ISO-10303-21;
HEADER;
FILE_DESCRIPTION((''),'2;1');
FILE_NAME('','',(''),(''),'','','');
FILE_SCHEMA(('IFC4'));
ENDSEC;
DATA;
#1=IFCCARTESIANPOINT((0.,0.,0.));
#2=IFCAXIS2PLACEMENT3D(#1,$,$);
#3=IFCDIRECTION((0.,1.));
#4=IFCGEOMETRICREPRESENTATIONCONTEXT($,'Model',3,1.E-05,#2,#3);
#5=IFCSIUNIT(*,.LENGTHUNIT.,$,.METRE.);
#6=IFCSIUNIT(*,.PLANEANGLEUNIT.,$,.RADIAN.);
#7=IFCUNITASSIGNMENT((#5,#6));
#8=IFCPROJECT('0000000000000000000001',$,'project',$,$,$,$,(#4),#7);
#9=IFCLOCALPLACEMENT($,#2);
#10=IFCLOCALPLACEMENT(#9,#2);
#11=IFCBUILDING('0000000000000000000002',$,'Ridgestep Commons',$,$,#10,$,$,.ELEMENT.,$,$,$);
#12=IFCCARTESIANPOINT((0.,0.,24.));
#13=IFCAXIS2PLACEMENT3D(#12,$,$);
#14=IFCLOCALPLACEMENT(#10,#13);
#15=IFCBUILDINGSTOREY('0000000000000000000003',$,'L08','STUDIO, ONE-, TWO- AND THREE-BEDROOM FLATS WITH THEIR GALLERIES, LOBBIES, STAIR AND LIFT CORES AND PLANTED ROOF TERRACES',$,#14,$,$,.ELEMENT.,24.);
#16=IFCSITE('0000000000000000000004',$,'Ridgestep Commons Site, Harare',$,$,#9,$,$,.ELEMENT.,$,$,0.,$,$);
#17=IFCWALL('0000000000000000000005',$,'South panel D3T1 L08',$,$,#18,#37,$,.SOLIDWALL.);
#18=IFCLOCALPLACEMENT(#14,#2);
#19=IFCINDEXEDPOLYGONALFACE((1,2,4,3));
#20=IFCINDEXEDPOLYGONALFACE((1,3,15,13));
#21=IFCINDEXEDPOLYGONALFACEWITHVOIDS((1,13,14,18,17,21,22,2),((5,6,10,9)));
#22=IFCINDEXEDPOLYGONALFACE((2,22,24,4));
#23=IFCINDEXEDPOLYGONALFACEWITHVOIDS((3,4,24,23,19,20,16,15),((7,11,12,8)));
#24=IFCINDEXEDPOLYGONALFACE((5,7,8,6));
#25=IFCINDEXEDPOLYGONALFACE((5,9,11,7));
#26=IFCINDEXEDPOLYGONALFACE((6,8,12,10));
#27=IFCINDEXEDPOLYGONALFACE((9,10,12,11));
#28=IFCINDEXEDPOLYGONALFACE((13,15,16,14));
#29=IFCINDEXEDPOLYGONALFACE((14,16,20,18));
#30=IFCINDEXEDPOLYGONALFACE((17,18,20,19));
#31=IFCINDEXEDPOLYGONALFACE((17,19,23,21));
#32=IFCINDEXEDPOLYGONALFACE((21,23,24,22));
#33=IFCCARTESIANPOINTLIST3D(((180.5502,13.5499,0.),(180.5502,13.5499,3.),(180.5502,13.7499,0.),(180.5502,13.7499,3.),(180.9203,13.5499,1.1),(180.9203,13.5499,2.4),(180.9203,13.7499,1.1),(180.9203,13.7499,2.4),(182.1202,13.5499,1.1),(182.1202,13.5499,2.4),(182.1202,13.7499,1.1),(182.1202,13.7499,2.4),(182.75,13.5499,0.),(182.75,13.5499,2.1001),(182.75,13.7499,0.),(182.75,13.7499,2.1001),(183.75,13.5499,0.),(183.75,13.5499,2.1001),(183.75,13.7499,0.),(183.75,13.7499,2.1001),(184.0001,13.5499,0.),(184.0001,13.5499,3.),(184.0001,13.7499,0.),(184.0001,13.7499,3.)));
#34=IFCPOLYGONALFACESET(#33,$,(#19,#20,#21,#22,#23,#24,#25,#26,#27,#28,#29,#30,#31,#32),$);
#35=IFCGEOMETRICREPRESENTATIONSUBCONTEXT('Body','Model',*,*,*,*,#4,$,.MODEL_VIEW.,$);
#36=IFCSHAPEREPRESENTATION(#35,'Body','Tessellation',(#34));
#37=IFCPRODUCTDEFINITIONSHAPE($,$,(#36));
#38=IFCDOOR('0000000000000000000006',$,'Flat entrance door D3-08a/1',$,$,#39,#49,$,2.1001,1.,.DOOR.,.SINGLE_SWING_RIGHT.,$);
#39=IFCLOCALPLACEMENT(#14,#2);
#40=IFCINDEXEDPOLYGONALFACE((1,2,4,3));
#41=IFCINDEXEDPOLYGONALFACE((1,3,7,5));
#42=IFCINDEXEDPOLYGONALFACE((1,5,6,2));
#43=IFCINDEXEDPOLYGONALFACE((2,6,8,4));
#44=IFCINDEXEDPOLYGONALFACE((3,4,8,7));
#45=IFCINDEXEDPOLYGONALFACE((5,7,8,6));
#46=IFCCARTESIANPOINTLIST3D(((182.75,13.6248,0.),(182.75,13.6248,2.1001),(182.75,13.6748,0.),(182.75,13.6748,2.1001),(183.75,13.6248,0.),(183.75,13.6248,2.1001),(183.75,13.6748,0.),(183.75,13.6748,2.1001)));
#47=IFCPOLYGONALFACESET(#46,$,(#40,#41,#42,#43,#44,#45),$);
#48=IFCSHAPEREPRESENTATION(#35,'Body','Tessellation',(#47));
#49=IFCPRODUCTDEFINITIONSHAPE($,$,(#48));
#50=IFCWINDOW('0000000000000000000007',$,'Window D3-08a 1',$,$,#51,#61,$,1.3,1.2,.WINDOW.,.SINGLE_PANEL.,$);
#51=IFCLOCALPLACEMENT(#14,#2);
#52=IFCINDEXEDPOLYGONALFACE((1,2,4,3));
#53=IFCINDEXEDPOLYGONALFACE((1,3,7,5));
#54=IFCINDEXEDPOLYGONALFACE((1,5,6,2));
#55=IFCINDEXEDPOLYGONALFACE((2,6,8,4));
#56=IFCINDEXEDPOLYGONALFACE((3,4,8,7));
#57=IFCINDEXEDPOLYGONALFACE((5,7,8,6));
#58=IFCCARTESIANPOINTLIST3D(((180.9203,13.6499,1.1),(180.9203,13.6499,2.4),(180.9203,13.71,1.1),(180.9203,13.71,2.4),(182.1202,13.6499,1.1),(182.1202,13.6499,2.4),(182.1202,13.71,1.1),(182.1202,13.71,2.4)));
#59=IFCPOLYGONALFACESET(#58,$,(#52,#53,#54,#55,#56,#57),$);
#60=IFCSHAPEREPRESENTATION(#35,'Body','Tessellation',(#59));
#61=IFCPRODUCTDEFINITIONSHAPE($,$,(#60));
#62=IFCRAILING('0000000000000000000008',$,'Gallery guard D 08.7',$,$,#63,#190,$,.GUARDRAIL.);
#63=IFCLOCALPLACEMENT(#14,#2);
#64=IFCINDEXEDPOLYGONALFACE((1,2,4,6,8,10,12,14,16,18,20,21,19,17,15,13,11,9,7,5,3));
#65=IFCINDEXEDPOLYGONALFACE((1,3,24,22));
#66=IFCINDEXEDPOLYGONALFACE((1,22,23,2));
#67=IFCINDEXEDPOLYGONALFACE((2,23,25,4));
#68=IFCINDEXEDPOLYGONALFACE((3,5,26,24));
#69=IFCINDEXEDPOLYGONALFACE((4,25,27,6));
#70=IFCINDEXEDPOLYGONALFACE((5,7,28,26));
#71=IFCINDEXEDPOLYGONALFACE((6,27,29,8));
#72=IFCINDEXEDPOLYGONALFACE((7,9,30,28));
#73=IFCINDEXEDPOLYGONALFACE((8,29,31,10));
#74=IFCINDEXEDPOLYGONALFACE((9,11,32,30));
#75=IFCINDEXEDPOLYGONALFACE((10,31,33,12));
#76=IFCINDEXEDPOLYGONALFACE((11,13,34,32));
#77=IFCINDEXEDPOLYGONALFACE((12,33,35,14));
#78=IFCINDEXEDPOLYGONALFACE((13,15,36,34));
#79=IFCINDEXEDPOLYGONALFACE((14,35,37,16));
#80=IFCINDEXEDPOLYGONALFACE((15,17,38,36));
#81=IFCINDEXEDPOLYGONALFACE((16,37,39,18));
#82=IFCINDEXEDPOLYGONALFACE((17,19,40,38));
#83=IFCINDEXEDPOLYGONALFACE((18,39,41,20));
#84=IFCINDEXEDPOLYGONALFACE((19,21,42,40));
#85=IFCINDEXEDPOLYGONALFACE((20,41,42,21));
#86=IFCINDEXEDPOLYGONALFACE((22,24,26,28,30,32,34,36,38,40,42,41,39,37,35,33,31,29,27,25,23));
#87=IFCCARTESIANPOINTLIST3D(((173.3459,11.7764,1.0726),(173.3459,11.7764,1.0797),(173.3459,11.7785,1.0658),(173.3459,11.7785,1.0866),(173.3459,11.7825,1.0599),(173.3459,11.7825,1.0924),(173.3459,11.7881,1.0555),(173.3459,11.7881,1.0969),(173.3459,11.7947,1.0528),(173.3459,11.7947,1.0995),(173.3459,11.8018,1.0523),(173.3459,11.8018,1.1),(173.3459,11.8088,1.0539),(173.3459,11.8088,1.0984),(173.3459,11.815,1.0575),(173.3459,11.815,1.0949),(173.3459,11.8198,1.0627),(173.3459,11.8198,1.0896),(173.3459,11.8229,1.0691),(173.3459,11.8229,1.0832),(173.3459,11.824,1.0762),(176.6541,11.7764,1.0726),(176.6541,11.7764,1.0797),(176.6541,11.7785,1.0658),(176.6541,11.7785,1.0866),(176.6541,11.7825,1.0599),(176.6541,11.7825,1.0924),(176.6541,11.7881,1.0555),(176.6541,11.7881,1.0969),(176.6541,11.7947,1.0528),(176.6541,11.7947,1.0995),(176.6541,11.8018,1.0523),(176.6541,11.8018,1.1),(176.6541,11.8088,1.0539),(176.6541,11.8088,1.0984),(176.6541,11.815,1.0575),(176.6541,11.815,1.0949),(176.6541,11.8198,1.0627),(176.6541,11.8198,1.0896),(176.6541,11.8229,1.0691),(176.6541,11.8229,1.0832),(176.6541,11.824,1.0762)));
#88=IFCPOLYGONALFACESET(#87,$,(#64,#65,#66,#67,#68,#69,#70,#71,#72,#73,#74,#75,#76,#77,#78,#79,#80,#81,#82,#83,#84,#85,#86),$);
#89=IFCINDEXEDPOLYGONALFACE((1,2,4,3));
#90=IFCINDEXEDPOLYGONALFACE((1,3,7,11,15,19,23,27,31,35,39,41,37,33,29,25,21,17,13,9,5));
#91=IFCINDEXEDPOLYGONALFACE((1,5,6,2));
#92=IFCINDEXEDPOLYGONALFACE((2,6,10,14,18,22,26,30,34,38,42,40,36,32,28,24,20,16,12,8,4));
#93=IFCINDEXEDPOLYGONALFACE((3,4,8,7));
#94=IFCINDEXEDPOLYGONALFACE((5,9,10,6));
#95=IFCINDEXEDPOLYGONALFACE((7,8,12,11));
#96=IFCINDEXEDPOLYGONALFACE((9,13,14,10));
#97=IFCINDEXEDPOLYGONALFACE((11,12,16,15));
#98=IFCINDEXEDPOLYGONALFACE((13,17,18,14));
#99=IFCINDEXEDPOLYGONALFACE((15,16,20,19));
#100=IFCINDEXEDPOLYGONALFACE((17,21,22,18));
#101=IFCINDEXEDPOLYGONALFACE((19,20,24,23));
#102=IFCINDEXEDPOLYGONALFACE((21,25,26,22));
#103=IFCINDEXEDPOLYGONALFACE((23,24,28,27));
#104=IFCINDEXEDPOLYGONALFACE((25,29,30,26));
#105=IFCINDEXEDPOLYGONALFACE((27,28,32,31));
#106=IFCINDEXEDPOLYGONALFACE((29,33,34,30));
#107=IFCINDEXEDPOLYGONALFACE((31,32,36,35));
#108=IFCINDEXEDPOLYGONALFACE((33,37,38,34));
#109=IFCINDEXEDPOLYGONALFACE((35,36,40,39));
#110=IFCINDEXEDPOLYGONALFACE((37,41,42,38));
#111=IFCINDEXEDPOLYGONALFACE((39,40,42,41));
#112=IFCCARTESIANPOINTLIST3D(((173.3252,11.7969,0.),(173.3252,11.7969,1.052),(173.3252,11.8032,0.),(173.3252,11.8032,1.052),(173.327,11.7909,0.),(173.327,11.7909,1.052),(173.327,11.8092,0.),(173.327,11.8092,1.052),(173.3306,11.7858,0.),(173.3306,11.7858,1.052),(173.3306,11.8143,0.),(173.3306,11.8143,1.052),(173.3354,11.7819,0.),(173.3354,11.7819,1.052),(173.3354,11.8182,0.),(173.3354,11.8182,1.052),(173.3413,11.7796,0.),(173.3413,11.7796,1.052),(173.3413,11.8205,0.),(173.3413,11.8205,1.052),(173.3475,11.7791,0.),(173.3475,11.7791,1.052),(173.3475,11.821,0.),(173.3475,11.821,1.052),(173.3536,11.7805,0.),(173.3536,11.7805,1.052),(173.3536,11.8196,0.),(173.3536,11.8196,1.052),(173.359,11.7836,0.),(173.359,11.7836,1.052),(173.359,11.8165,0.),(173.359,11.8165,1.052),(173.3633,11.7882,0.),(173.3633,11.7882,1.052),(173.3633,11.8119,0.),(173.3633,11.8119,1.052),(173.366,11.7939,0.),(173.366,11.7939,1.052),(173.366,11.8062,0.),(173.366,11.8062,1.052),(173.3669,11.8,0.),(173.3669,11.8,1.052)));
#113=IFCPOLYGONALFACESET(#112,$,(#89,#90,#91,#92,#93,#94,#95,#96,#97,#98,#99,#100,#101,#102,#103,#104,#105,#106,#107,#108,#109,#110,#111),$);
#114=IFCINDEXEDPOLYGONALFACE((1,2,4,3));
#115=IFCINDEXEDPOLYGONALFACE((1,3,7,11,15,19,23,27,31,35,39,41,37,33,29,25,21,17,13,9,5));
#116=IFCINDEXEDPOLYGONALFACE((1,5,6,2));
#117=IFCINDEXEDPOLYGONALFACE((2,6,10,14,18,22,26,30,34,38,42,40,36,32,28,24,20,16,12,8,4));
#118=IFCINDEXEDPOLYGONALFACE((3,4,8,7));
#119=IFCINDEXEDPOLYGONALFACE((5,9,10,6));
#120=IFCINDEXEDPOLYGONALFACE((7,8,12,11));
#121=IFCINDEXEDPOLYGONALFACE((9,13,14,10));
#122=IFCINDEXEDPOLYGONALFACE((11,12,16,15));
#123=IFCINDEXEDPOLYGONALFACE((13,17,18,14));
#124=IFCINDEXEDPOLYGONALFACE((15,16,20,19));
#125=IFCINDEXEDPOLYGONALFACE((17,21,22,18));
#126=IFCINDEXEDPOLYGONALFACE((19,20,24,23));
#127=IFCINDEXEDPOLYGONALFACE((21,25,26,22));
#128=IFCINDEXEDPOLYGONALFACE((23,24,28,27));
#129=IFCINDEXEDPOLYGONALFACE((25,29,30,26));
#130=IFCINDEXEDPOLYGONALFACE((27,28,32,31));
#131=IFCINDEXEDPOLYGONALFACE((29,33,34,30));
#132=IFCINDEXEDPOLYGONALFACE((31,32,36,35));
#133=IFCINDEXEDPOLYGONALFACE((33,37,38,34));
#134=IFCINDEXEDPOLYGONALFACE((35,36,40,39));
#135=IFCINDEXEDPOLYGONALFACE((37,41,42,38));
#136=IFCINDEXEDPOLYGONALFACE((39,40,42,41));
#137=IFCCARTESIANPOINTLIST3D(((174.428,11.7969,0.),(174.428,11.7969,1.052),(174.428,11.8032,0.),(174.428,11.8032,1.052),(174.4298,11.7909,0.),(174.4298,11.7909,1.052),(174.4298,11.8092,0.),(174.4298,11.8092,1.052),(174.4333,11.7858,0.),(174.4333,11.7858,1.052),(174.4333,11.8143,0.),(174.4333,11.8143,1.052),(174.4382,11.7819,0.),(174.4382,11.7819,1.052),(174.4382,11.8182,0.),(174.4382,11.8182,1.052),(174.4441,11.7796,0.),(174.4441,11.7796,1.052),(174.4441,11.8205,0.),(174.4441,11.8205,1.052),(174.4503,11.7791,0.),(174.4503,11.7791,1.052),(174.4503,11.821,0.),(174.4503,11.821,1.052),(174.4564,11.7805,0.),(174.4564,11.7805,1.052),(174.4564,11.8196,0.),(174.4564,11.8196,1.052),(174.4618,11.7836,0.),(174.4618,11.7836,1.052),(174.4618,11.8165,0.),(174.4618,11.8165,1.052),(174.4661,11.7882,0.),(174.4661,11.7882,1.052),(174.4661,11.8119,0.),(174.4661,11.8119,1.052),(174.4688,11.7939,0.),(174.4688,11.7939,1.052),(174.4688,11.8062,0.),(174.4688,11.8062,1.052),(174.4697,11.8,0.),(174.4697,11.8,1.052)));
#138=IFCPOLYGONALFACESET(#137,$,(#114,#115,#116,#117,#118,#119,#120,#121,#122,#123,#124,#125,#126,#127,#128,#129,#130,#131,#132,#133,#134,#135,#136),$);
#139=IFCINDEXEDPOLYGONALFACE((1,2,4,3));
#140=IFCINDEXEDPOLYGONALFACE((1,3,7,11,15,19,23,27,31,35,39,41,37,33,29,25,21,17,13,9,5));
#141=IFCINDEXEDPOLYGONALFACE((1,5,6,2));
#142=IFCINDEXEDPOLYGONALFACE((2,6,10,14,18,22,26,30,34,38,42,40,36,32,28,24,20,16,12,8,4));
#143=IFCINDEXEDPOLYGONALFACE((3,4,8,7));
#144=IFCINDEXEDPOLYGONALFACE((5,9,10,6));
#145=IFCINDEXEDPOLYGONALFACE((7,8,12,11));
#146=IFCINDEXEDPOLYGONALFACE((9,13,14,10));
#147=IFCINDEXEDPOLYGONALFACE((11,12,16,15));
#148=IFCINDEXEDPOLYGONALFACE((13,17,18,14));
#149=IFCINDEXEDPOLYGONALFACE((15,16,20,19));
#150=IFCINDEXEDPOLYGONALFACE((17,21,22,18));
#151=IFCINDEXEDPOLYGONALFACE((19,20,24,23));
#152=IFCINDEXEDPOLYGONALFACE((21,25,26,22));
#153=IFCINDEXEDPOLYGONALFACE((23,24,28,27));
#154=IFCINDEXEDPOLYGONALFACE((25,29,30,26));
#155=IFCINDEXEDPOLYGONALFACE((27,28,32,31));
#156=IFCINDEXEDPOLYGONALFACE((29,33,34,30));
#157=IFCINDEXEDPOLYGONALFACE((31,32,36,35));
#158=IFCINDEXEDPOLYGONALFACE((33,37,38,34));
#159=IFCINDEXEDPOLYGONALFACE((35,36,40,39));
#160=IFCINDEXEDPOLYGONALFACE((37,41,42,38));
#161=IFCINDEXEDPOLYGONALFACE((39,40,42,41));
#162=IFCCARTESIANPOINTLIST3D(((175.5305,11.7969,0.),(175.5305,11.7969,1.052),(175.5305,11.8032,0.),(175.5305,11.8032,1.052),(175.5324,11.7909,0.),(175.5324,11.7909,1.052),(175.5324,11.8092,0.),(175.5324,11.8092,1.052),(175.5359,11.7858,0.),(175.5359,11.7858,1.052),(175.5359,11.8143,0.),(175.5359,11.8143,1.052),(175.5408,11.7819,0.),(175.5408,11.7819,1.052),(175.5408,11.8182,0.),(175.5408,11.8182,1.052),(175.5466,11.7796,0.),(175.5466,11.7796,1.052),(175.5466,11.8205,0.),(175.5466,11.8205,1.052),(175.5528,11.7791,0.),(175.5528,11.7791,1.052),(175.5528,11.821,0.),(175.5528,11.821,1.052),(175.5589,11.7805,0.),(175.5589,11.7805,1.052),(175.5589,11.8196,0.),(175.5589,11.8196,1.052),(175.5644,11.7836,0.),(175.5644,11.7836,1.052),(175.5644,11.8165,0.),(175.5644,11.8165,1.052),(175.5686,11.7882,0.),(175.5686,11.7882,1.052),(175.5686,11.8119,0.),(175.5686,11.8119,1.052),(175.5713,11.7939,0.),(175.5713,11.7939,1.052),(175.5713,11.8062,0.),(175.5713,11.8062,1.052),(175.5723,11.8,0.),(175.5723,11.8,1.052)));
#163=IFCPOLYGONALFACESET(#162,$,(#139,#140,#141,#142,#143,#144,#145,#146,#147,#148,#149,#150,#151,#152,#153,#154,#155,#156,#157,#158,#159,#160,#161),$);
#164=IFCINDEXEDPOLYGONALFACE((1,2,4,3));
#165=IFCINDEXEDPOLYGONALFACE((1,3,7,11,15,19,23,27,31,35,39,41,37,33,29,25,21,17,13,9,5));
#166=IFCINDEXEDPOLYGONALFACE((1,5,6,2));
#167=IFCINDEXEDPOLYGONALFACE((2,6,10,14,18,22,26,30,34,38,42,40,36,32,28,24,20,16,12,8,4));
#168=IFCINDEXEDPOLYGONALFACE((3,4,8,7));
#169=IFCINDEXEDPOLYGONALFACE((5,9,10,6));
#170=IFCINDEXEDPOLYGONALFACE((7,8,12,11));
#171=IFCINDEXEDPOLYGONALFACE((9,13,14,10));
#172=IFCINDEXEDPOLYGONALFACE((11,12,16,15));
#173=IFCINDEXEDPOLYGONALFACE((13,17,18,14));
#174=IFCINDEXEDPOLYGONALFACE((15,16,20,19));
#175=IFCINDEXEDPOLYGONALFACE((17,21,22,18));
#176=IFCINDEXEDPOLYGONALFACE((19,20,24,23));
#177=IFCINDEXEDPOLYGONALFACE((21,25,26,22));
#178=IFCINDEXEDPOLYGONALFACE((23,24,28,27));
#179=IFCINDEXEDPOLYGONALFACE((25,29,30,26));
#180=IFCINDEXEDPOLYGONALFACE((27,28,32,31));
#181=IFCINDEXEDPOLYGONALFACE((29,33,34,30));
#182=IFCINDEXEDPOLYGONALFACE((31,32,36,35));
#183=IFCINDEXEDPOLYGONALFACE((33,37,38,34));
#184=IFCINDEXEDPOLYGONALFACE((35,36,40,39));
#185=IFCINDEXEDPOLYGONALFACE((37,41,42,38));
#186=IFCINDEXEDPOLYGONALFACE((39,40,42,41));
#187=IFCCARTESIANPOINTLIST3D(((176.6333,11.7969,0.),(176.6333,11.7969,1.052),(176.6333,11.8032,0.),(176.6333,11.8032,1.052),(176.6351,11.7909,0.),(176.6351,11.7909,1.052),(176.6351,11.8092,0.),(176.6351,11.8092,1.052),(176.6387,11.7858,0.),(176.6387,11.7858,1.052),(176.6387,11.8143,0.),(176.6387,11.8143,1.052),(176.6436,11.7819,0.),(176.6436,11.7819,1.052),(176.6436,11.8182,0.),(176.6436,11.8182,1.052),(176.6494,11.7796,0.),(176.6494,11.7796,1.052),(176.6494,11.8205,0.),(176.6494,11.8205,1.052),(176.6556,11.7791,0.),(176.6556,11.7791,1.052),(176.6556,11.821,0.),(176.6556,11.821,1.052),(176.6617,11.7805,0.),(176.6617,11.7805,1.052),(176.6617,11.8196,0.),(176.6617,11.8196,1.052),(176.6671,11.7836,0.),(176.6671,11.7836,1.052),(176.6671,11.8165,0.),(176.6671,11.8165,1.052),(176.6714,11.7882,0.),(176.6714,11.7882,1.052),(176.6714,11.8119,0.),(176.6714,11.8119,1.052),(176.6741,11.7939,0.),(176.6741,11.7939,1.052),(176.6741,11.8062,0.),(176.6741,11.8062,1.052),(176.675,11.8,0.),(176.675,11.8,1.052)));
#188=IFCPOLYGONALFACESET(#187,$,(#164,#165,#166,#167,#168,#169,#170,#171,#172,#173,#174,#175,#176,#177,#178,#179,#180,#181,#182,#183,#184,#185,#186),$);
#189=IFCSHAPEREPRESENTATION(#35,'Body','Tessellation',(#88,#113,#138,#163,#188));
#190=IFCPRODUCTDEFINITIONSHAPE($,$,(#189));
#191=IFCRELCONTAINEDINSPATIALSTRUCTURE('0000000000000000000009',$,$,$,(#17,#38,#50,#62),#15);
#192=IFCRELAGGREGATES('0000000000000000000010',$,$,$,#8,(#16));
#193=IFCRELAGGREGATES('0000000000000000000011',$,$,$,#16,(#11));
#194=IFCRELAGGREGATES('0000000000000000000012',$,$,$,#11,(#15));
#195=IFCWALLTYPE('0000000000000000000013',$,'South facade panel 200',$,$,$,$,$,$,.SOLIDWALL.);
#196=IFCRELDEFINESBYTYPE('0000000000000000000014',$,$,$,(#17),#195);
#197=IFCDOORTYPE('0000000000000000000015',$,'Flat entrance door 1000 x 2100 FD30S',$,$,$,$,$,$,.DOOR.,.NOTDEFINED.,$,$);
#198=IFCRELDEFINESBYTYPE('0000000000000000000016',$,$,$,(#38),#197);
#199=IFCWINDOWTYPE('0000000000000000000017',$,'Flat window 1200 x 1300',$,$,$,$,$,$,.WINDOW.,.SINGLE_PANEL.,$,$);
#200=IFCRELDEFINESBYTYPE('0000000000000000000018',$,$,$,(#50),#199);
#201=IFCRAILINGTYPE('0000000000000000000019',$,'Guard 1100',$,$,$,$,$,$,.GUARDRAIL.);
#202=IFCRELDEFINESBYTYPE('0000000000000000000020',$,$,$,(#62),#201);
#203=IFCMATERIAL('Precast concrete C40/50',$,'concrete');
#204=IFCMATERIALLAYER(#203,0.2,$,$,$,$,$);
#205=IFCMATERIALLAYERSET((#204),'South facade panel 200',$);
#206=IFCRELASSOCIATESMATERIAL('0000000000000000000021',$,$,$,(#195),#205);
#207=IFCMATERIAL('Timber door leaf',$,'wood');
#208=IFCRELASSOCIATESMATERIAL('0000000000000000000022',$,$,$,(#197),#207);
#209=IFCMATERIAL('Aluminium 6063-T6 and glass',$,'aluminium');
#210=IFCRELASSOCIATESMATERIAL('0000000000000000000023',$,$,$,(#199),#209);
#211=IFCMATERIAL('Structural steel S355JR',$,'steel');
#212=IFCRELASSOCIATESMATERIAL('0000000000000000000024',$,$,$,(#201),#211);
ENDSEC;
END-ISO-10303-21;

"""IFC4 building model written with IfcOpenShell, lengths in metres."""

from ifc_helpers import new_model, si_unit, direction, frame, frame_2d, origin, origin_2d, place, context, subcontext, project, spatial, rectangle, circle, extrude, material, layer, layer_set, type_object, element, fill, save


model = new_model("IFC4")

# Units and contexts
model_context = context("Model", 3, precision=1e-05, world=origin(), true_north=direction((0.0, 1.0)))
body_context = subcontext(model_context, "Body", "Model", "MODEL_VIEW")
ifc_project = project(units=[si_unit("LENGTHUNIT", "METRE"), si_unit("PLANEANGLEUNIT", "RADIAN")], contexts=[model_context])

# Site, building, storey
site_placement = place(None, origin())
site = spatial("IfcSite", under=ifc_project, at=site_placement, Name="Ridgestep Commons Site, Harare", CompositionType="ELEMENT", RefElevation=0.0)
building_placement = place(site_placement, origin())
building = spatial("IfcBuilding", under=site, at=building_placement, Name="Ridgestep Commons", CompositionType="ELEMENT")
storey_placement = place(building_placement, frame((0.0, 0.0, 24.0)))
storey = spatial("IfcBuildingStorey", under=building, at=storey_placement, Name="L08", Description="STUDIO, ONE-, TWO- AND THREE-BEDROOM FLATS WITH THEIR GALLERIES, LOBBIES, STAIR AND LIFT CORES AND PLANTED ROOF TERRACES", CompositionType="ELEMENT", Elevation=24.0)

# Wall, openings, door, window
ifc_material_1 = material(Name="Precast concrete C40/50", Category="concrete")
ifc_layer_1 = layer(ifc_material_1, 0.2)
ifc_layer_set_1 = layer_set([ifc_layer_1], Name="South facade panel 200")
wall_type_1 = type_object("IfcWallType", Name="South facade panel 200", PredefinedType="SOLIDWALL", material=ifc_layer_set_1)
ifc_material_2 = material(Name="Timber door leaf", Category="wood")
door_type_1 = type_object("IfcDoorType", Name="Flat entrance door 1000 x 2100 FD30S", OperationType="NOTDEFINED", PredefinedType="DOOR", material=ifc_material_2)
ifc_material_3 = material(Name="Aluminium 6063-T6 and glass", Category="aluminium")
window_type = type_object("IfcWindowType", Name="Flat window 1200 x 1300", PartitioningType="SINGLE_PANEL", PredefinedType="WINDOW", material=ifc_material_3)
wall_1_placement = place(storey_placement, frame((180.55, 13.6499, 0.0), z_axis=(0.0, 0.0, 1.0), x_axis=(1.0, 0.0, 0.0)))
wall_1 = element("IfcWall", 1, at=wall_1_placement, inside=storey, type_object=wall_type_1, Name="South panel D3T1 L08", PredefinedType="SOLIDWALL", context=body_context, shape_type="SweptSolid", body=[
    extrude(rectangle(XDim=3.45, YDim=0.2, at=frame_2d((1.7251, 0.0))), origin(), (0.0, 0.0, 1.0), 3.0),
])
opening_1_placement = place(wall_1_placement, frame((0.3701, 0.0, 1.1001)))
opening_1 = element("IfcOpeningElement", 2, at=opening_1_placement, cuts=wall_1, PredefinedType="OPENING", context=body_context, shape_type="SweptSolid", body=[
    extrude(rectangle(XDim=1.2, YDim=1.3, at=frame_2d((0.6001, 0.6499))), frame((0.0, 0.1099, 0.0), z_axis=(0.0, -1.0, 0.0), x_axis=(1.0, 0.0, 0.0)), (0.0, 0.0, 1.0), 0.22),
])
opening_2_placement = place(wall_1_placement, frame((2.2, 0.0, 0.0)))
opening_2 = element("IfcOpeningElement", 3, at=opening_2_placement, cuts=wall_1, PredefinedType="OPENING", context=body_context, shape_type="SweptSolid", body=[
    extrude(rectangle(XDim=1.0, YDim=2.1001, at=frame_2d((0.5, 1.05))), frame((0.0, 0.1099, 0.0), z_axis=(0.0, -1.0, 0.0), x_axis=(1.0, 0.0, 0.0)), (0.0, 0.0, 1.0), 0.22),
])
door_1_placement = place(opening_2_placement, origin())
door_1 = element("IfcDoor", 4, at=door_1_placement, inside=storey, type_object=door_type_1, Name="Flat entrance door D3-08a/1", OperationType="SINGLE_SWING_RIGHT", OverallHeight=2.1001, OverallWidth=1.0, PredefinedType="DOOR", context=body_context, shape_type="SweptSolid", body=[
    extrude(rectangle(XDim=1.0, YDim=2.1001, at=frame_2d((0.5, 1.05))), frame((0.0, 0.0249, 0.0), z_axis=(0.0, -1.0, 0.0), x_axis=(1.0, 0.0, 0.0)), (0.0, 0.0, 1.0), 0.05),
])
fill(opening_2, door_1)
window_1_placement = place(opening_1_placement, origin())
window_1 = element("IfcWindow", 5, at=window_1_placement, inside=storey, type_object=window_type, Name="Window D3-08a 1", OverallHeight=1.3, OverallWidth=1.2, PartitioningType="SINGLE_PANEL", PredefinedType="WINDOW", context=body_context, shape_type="SweptSolid", body=[
    extrude(rectangle(XDim=1.2, YDim=1.3, at=frame_2d((0.6001, 0.6499))), frame((0.0, 0.0601, 0.0), z_axis=(0.0, -1.0, 0.0), x_axis=(1.0, 0.0, 0.0)), (0.0, 0.0, 1.0), 0.0601),
])
fill(opening_1, window_1)

# Railing
ifc_material_4 = material(Name="Structural steel S355JR", Category="steel")
railing_type = type_object("IfcRailingType", Name="Guard 1100", PredefinedType="GUARDRAIL", material=ifc_material_4)
railing_placement = place(storey_placement, frame((173.3459, 11.8, 0.0)))
element("IfcRailing", 6, at=railing_placement, inside=storey, type_object=railing_type, Name="Gallery guard D 08.7", PredefinedType="GUARDRAIL", context=body_context, shape_type="SweptSolid", body=[
    extrude(circle(Radius=0.0239, at=origin_2d()), frame((0.0, 0.0, 1.0762), z_axis=(1.0, 0.0, 0.0), x_axis=(0.0, 1.0, 0.0)), (0.0, 0.0, 1.0), 3.3081),
    extrude(circle(Radius=0.021, at=origin_2d()), origin(), (0.0, 0.0, 1.0), 1.052),
    extrude(circle(Radius=0.021, at=origin_2d()), frame((1.1028, 0.0, 0.0)), (0.0, 0.0, 1.0), 1.052),
    extrude(circle(Radius=0.021, at=origin_2d()), frame((2.2053, 0.0, 0.0)), (0.0, 0.0, 1.0), 1.052),
    extrude(circle(Radius=0.021, at=origin_2d()), frame((3.3081, 0.0, 0.0)), (0.0, 0.0, 1.0), 1.052),
])

save(model, "model.ifc")
